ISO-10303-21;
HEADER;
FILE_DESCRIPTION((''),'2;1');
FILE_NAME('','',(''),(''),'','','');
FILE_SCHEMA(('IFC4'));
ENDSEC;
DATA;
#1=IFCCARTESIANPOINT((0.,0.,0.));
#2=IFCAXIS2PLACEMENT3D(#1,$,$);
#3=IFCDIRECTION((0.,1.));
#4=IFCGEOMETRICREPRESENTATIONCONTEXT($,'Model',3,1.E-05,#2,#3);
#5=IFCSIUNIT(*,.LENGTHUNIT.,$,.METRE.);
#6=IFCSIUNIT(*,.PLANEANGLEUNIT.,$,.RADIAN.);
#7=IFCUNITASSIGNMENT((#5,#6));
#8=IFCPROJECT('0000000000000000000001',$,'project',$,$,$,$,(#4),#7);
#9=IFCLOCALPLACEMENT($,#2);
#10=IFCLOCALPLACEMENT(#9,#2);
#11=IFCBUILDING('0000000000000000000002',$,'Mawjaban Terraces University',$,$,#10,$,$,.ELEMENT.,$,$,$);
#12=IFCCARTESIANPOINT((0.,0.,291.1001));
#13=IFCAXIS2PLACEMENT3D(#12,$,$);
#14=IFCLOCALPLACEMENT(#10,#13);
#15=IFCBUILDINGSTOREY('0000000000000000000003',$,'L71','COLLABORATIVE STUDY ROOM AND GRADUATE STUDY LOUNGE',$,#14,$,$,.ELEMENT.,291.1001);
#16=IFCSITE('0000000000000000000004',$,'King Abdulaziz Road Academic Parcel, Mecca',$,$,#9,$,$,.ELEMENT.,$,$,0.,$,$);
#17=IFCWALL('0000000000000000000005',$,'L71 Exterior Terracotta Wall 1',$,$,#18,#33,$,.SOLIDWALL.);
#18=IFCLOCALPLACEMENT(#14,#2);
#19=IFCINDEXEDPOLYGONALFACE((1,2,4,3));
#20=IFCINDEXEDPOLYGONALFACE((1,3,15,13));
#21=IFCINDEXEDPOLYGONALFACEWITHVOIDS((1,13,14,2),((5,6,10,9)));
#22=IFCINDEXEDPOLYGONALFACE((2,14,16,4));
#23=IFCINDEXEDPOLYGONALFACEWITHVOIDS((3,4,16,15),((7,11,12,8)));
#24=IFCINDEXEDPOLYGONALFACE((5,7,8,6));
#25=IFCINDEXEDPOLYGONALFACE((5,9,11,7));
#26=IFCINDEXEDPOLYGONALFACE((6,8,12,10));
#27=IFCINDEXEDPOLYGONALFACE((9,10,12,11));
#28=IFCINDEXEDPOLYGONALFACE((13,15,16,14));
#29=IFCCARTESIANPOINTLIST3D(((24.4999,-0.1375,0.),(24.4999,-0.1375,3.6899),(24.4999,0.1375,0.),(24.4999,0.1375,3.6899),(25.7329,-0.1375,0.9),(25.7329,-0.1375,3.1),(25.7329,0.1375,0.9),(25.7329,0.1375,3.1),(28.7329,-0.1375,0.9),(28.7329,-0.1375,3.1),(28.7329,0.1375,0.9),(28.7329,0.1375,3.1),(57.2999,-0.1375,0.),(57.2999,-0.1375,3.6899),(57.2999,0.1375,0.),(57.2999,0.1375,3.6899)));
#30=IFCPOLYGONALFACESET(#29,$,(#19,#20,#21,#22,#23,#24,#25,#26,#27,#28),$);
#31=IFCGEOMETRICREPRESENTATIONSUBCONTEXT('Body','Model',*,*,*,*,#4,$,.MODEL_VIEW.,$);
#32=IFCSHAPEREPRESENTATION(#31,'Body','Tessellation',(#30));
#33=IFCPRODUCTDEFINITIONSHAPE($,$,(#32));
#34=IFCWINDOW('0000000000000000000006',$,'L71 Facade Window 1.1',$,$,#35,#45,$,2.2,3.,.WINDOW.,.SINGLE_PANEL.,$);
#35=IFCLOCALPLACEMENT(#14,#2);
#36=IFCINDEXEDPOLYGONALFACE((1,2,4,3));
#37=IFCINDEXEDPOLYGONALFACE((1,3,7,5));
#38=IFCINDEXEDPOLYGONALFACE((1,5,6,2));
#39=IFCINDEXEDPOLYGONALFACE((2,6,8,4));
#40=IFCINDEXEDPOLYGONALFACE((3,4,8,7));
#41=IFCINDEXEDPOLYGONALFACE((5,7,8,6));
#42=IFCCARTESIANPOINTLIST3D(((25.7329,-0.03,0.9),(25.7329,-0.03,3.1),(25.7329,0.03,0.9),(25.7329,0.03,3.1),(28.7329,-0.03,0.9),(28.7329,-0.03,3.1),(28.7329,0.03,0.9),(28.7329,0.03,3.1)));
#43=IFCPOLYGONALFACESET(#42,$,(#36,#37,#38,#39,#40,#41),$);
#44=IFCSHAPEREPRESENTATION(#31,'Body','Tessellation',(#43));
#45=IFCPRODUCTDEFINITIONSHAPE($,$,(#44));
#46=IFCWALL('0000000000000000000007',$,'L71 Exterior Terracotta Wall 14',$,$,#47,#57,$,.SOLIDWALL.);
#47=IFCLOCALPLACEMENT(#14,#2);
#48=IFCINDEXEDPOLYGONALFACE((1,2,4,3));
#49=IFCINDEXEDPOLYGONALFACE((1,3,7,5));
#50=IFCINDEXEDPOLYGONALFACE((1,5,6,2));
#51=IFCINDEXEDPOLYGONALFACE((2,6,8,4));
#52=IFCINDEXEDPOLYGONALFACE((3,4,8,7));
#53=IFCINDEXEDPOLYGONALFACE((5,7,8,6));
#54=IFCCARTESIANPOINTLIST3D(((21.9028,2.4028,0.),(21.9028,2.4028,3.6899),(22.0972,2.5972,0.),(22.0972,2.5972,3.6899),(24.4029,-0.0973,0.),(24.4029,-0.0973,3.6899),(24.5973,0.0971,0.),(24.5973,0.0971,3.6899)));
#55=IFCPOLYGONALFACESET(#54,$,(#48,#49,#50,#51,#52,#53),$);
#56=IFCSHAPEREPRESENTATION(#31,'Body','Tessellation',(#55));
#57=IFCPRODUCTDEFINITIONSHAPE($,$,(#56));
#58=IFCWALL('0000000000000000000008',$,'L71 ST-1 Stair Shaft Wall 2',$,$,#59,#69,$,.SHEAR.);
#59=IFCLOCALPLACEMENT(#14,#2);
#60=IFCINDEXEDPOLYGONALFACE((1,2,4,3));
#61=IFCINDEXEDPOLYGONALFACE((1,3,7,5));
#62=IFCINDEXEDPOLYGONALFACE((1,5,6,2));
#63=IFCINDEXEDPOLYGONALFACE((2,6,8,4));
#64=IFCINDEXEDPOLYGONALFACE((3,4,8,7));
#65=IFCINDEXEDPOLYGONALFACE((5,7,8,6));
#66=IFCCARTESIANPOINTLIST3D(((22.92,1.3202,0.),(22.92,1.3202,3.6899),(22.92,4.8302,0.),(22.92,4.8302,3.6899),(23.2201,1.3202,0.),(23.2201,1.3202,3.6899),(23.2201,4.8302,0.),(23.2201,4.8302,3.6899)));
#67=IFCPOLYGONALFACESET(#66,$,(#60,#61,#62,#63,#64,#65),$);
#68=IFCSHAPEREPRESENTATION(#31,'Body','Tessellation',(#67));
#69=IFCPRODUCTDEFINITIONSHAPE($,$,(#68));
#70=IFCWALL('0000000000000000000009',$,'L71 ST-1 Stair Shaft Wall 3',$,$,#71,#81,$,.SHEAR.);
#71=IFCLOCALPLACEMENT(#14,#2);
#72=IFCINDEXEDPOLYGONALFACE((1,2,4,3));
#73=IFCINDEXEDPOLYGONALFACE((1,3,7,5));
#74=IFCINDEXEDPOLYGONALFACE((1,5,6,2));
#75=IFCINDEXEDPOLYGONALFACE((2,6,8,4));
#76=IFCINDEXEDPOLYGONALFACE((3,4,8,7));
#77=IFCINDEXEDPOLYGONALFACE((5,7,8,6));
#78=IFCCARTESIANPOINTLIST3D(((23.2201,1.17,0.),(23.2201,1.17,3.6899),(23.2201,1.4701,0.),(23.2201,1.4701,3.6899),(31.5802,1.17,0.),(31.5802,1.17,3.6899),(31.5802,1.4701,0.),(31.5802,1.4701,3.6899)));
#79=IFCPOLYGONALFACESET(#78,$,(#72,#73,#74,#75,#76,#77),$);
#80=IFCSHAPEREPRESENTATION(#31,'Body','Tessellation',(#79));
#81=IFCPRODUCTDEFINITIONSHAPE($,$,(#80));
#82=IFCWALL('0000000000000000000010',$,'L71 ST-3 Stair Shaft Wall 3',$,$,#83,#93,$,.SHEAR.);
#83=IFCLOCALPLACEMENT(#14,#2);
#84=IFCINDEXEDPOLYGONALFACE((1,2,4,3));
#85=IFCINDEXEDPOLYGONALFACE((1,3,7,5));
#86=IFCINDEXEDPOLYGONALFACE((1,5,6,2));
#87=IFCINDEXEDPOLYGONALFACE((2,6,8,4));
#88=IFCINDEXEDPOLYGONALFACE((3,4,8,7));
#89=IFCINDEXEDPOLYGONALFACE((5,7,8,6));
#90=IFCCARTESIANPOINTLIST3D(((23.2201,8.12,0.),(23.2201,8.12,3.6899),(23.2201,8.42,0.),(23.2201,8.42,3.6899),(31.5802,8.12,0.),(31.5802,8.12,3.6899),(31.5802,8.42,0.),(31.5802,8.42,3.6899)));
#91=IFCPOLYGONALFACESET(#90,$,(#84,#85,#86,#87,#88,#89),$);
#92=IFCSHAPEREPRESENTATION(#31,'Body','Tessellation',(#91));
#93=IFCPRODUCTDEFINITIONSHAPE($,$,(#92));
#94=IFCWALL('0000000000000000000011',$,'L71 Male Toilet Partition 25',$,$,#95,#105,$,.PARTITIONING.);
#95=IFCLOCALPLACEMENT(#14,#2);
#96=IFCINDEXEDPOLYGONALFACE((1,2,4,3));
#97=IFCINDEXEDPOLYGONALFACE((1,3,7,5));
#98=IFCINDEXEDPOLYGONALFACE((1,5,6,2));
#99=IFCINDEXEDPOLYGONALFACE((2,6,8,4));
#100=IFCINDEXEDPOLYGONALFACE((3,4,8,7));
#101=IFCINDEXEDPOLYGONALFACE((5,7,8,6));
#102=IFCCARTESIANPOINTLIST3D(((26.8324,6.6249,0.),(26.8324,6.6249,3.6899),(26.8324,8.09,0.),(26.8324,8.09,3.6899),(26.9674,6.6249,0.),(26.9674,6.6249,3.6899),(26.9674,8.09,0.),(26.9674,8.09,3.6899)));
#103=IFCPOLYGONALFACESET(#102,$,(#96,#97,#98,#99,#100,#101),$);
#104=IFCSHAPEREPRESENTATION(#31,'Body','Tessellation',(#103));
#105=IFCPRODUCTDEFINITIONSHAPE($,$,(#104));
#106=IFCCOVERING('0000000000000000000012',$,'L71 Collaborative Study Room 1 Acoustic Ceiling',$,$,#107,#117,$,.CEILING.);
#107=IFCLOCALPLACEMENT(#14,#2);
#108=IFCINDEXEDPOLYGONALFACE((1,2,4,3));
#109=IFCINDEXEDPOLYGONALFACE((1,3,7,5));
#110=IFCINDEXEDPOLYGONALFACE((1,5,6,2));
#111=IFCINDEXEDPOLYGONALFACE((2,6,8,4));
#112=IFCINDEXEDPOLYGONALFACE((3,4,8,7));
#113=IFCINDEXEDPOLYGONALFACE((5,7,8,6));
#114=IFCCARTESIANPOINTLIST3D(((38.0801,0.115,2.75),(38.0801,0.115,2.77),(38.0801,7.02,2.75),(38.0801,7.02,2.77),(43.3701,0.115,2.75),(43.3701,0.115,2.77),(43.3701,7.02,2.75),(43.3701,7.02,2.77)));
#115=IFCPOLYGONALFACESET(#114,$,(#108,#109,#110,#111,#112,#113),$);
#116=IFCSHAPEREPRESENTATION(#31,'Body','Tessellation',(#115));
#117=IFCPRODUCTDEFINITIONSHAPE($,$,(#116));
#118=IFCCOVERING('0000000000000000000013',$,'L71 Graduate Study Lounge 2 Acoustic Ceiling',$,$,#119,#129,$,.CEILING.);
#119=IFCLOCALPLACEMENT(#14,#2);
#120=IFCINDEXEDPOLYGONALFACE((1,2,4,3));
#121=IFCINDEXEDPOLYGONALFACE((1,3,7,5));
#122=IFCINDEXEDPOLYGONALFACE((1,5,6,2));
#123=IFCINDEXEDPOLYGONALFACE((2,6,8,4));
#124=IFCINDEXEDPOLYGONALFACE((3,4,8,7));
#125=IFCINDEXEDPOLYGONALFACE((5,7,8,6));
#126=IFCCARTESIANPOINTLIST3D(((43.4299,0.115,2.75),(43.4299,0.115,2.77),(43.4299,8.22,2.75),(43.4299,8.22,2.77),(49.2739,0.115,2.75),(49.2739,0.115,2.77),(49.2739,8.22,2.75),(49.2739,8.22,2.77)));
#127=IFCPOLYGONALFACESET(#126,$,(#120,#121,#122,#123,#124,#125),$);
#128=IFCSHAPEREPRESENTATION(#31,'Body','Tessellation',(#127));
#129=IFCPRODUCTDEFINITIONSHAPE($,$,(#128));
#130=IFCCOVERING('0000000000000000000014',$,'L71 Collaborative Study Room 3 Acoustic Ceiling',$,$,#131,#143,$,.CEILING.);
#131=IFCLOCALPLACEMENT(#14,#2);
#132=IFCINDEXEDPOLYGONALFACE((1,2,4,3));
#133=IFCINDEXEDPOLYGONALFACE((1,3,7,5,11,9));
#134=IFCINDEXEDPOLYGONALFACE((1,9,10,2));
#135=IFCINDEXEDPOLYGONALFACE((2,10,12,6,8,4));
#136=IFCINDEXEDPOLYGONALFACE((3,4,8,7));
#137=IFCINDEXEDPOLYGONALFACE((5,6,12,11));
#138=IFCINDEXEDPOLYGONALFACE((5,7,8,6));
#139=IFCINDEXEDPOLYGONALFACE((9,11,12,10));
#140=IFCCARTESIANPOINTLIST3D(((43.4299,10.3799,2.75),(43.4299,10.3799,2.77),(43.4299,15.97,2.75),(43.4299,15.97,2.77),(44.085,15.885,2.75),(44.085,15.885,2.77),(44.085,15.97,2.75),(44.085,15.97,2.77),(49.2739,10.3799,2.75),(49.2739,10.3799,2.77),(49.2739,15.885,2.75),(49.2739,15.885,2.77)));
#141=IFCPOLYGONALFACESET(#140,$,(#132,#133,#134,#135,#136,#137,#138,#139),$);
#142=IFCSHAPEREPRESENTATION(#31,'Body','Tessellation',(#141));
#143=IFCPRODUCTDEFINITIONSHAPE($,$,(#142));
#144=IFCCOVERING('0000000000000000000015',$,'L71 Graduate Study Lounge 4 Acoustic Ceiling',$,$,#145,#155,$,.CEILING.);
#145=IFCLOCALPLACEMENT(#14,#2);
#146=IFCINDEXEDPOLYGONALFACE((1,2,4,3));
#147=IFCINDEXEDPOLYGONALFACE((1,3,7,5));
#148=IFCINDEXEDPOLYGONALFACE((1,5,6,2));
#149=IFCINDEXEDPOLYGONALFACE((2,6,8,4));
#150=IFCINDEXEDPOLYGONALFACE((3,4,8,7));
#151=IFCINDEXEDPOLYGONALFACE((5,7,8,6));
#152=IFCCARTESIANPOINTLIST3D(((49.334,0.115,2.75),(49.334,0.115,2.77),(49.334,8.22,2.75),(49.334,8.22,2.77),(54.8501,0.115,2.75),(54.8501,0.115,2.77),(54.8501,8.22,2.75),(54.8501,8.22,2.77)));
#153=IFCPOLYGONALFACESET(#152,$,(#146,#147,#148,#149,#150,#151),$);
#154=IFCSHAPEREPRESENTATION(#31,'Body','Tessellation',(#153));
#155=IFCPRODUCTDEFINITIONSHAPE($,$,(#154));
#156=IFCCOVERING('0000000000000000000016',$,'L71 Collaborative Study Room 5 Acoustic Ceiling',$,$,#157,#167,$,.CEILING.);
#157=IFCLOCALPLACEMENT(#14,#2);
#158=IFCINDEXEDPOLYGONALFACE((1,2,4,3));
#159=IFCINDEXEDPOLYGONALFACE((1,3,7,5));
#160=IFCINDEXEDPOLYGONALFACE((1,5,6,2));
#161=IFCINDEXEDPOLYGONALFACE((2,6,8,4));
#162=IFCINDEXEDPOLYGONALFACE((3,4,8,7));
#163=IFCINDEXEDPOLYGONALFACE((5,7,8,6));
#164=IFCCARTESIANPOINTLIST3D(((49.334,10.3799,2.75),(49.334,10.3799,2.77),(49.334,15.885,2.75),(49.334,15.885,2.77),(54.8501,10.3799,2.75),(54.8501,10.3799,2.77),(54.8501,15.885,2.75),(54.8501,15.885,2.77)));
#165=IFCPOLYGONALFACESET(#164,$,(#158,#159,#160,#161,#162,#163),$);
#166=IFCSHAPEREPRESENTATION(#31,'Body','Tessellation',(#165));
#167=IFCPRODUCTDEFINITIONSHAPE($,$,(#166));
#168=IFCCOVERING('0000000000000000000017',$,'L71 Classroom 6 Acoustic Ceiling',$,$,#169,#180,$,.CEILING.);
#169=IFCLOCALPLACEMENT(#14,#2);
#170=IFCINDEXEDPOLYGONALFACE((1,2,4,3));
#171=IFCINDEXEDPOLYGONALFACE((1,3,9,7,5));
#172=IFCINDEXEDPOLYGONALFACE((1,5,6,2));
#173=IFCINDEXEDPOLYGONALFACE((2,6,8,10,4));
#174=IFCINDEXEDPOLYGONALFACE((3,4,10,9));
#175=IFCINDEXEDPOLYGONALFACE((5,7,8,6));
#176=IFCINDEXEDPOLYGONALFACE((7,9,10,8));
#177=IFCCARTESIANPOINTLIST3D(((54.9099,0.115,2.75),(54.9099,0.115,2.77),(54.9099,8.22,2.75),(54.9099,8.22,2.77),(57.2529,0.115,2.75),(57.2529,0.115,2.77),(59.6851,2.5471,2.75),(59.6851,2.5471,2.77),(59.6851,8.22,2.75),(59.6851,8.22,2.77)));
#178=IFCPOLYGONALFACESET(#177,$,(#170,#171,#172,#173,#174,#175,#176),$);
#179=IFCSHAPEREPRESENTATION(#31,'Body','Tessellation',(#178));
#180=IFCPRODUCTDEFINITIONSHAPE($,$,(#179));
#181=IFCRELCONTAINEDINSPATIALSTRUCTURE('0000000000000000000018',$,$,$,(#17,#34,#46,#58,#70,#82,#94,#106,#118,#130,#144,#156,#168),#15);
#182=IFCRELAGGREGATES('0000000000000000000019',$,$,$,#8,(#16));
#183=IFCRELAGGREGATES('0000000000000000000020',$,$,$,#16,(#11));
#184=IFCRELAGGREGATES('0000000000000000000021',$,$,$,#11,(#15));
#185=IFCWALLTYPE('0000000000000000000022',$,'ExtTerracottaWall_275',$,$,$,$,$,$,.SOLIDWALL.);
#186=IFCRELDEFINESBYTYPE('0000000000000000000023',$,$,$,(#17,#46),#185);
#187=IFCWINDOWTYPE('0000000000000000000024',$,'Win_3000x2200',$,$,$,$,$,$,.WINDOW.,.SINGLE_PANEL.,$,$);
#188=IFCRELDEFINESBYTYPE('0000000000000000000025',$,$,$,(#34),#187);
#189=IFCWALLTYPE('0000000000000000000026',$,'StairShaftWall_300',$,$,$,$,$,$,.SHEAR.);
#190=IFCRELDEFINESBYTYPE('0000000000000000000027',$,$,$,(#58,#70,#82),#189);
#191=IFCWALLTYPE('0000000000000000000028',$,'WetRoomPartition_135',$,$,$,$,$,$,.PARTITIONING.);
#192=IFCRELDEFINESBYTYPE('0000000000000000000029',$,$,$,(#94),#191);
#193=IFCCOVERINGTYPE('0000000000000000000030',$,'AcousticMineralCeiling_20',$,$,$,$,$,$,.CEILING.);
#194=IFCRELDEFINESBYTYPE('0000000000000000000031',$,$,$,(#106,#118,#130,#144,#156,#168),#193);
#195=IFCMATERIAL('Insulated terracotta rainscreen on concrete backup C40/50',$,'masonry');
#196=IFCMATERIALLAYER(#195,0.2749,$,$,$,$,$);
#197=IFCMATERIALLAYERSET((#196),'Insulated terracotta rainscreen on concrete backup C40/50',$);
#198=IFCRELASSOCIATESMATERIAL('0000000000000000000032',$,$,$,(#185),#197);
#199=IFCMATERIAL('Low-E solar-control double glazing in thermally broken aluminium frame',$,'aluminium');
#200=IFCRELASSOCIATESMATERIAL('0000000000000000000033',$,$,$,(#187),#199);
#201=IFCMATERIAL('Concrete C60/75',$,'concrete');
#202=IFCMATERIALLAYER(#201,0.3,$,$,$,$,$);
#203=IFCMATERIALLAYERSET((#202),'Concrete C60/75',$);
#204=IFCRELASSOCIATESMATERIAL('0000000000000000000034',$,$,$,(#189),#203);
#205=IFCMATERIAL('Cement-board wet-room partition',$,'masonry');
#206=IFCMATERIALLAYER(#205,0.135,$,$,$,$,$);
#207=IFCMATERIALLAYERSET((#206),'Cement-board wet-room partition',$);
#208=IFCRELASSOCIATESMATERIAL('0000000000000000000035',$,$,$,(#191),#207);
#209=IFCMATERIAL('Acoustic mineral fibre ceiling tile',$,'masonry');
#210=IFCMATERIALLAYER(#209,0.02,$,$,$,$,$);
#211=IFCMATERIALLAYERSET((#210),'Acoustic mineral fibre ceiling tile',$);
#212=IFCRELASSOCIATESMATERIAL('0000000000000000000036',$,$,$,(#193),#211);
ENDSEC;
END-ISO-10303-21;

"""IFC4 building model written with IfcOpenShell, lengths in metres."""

from ifc_helpers import new_model, si_unit, direction, frame, frame_2d, origin, place, context, subcontext, project, spatial, polyline, rectangle, outline, extrude, material, layer, layer_set, type_object, element, fill, save


model = new_model("IFC4")

# Units and contexts
model_context = context("Model", 3, precision=1e-05, world=origin(), true_north=direction((0.0, 1.0)))
body_context = subcontext(model_context, "Body", "Model", "MODEL_VIEW")
ifc_project = project(units=[si_unit("LENGTHUNIT", "METRE"), si_unit("PLANEANGLEUNIT", "RADIAN")], contexts=[model_context])

# Site, building, storey
site_placement = place(None, origin())
site = spatial("IfcSite", under=ifc_project, at=site_placement, Name="King Abdulaziz Road Academic Parcel, Mecca", CompositionType="ELEMENT", RefElevation=0.0)
building_placement = place(site_placement, origin())
building = spatial("IfcBuilding", under=site, at=building_placement, Name="Mawjaban Terraces University", CompositionType="ELEMENT")
storey_placement = place(building_placement, frame((0.0, 0.0, 291.1001)))
storey = spatial("IfcBuildingStorey", under=building, at=storey_placement, Name="L71", Description="COLLABORATIVE STUDY ROOM AND GRADUATE STUDY LOUNGE", CompositionType="ELEMENT", Elevation=291.1001)

# Wall, opening, window
ifc_material_1 = material(Name="Insulated terracotta rainscreen on concrete backup C40/50", Category="masonry")
ifc_layer_1 = layer(ifc_material_1, 0.2749)
ifc_layer_set_1 = layer_set([ifc_layer_1], Name="Insulated terracotta rainscreen on concrete backup C40/50")
wall_type_1 = type_object("IfcWallType", Name="ExtTerracottaWall_275", PredefinedType="SOLIDWALL", material=ifc_layer_set_1)
wall_1_placement = place(storey_placement, frame((24.5, 0.0, 0.0), z_axis=(0.0, 0.0, 1.0), x_axis=(1.0, 0.0, 0.0)))
wall_1 = element("IfcWall", 1, at=wall_1_placement, inside=storey, type_object=wall_type_1, Name="L71 Exterior Terracotta Wall 1", PredefinedType="SOLIDWALL", context=body_context, shape_type="SweptSolid", body=[
    extrude(rectangle(XDim=32.8, YDim=0.2749, at=frame_2d((16.3999, 0.0))), origin(), (0.0, 0.0, 1.0), 3.6899),
])
opening_1_placement = place(wall_1_placement, frame((1.2329, 0.0, 0.8999)))
opening_1 = element("IfcOpeningElement", 2, at=opening_1_placement, cuts=wall_1, PredefinedType="OPENING", context=body_context, shape_type="SweptSolid", body=[
    extrude(rectangle(XDim=3.0, YDim=2.2, at=frame_2d((1.5, 1.1001))), frame((0.0, 0.1475, 0.0), z_axis=(0.0, -1.0, 0.0), x_axis=(1.0, 0.0, 0.0)), (0.0, 0.0, 1.0), 0.2949),
])
ifc_material_2 = material(Name="Low-E solar-control double glazing in thermally broken aluminium frame", Category="aluminium")
window_type = type_object("IfcWindowType", Name="Win_3000x2200", PartitioningType="SINGLE_PANEL", PredefinedType="WINDOW", material=ifc_material_2)
window_placement = place(opening_1_placement, origin())
window = element("IfcWindow", 3, at=window_placement, inside=storey, type_object=window_type, Name="L71 Facade Window 1.1", OverallHeight=2.2, OverallWidth=3.0, PartitioningType="SINGLE_PANEL", PredefinedType="WINDOW", context=body_context, shape_type="SweptSolid", body=[
    extrude(rectangle(XDim=3.0, YDim=2.2, at=frame_2d((1.5, 1.1001))), frame((0.0, 0.03, 0.0), z_axis=(0.0, -1.0, 0.0), x_axis=(1.0, 0.0, 0.0)), (0.0, 0.0, 1.0), 0.0601),
])
fill(opening_1, window)

# Walls
wall_2_placement = place(storey_placement, frame((22.0, 2.5, 0.0), z_axis=(0.0, 0.0, 1.0), x_axis=(0.707107, -0.707107, 0.0)))
element("IfcWall", 4, at=wall_2_placement, inside=storey, type_object=wall_type_1, Name="L71 Exterior Terracotta Wall 14", PredefinedType="SOLIDWALL", context=body_context, shape_type="SweptSolid", body=[
    extrude(rectangle(XDim=3.5356, YDim=0.2749, at=frame_2d((1.7678, 0.0))), origin(), (0.0, 0.0, 1.0), 3.6899),
])
ifc_material_3 = material(Name="Concrete C60/75", Category="concrete")
ifc_layer_2 = layer(ifc_material_3, 0.3)
ifc_layer_set_2 = layer_set([ifc_layer_2], Name="Concrete C60/75")
wall_type_2 = type_object("IfcWallType", Name="StairShaftWall_300", PredefinedType="SHEAR", material=ifc_layer_set_2)
wall_3_placement = place(storey_placement, frame((23.0701, 4.8301, 0.0), z_axis=(0.0, 0.0, 1.0), x_axis=(0.0, -1.0, 0.0)))
element("IfcWall", 5, at=wall_3_placement, inside=storey, type_object=wall_type_2, Name="L71 ST-1 Stair Shaft Wall 2", PredefinedType="SHEAR", context=body_context, shape_type="SweptSolid", body=[
    extrude(rectangle(XDim=3.51, YDim=0.3, at=frame_2d((1.7549, 0.0))), origin(), (0.0, 0.0, 1.0), 3.6899),
])
for number, where, z_axis, x_axis, name in (
    (6, (23.22, 1.3201, 0.0), (0.0, 0.0, 1.0), (1.0, 0.0, 0.0), "L71 ST-1 Stair Shaft Wall 3"),
    (7, (23.22, 8.27, 0.0), (0.0, 0.0, 1.0), (1.0, 0.0, 0.0), "L71 ST-3 Stair Shaft Wall 3"),
):
    element("IfcWall", number, at=place(storey_placement, frame(where, z_axis=z_axis, x_axis=x_axis)), inside=storey, type_object=wall_type_2, Name=name, PredefinedType="SHEAR", context=body_context, shape_type="SweptSolid", body=[
        extrude(rectangle(XDim=8.3601, YDim=0.3, at=frame_2d((4.1802, 0.0))), origin(), (0.0, 0.0, 1.0), 3.6899),
    ])
ifc_material_4 = material(Name="Cement-board wet-room partition", Category="masonry")
ifc_layer_3 = layer(ifc_material_4, 0.135)
ifc_layer_set_3 = layer_set([ifc_layer_3], Name="Cement-board wet-room partition")
wall_type_3 = type_object("IfcWallType", Name="WetRoomPartition_135", PredefinedType="PARTITIONING", material=ifc_layer_set_3)
wall_4_placement = place(storey_placement, frame((26.8999, 6.625, 0.0), z_axis=(0.0, 0.0, 1.0), x_axis=(0.0, 1.0, 0.0)))
element("IfcWall", 8, at=wall_4_placement, inside=storey, type_object=wall_type_3, Name="L71 Male Toilet Partition 25", PredefinedType="PARTITIONING", context=body_context, shape_type="SweptSolid", body=[
    extrude(rectangle(XDim=1.4651, YDim=0.135, at=frame_2d((0.7324, 0.0))), origin(), (0.0, 0.0, 1.0), 3.6899),
])

# Coverings
ifc_material_5 = material(Name="Acoustic mineral fibre ceiling tile", Category="masonry")
ifc_layer_4 = layer(ifc_material_5, 0.02)
ifc_layer_set_4 = layer_set([ifc_layer_4], Name="Acoustic mineral fibre ceiling tile")
covering_type_1 = type_object("IfcCoveringType", Name="AcousticMineralCeiling_20", PredefinedType="CEILING", material=ifc_layer_set_4)
covering_1_placement = place(storey_placement, frame((0.0, 0.0, 2.75)))
element("IfcCovering", 9, at=covering_1_placement, inside=storey, type_object=covering_type_1, Name="L71 Collaborative Study Room 1 Acoustic Ceiling", PredefinedType="CEILING", context=body_context, shape_type="SweptSolid", body=[
    extrude(outline(polyline([(38.0801, 7.02), (38.0801, 0.115), (43.3701, 0.115), (43.3701, 7.02), (38.0801, 7.02)])), origin(), (0.0, 0.0, 1.0), 0.02),
])
covering_2_placement = place(storey_placement, frame((0.0, 0.0, 2.75)))
element("IfcCovering", 10, at=covering_2_placement, inside=storey, type_object=covering_type_1, Name="L71 Graduate Study Lounge 2 Acoustic Ceiling", PredefinedType="CEILING", context=body_context, shape_type="SweptSolid", body=[
    extrude(outline(polyline([(43.4299, 0.115), (49.2739, 0.115), (49.2739, 8.22), (43.4299, 8.22), (43.4299, 0.115)])), origin(), (0.0, 0.0, 1.0), 0.02),
])
covering_3_placement = place(storey_placement, frame((0.0, 0.0, 2.75)))
element("IfcCovering", 11, at=covering_3_placement, inside=storey, type_object=covering_type_1, Name="L71 Collaborative Study Room 3 Acoustic Ceiling", PredefinedType="CEILING", context=body_context, shape_type="SweptSolid", body=[
    extrude(outline(polyline([(49.2739, 15.885), (44.085, 15.885), (44.085, 15.97), (43.4299, 15.97), (43.4299, 10.3799), (49.2739, 10.3799), (49.2739, 15.885)])), origin(), (0.0, 0.0, 1.0), 0.02),
])
covering_4_placement = place(storey_placement, frame((0.0, 0.0, 2.75)))
element("IfcCovering", 12, at=covering_4_placement, inside=storey, type_object=covering_type_1, Name="L71 Graduate Study Lounge 4 Acoustic Ceiling", PredefinedType="CEILING", context=body_context, shape_type="SweptSolid", body=[
    extrude(outline(polyline([(49.334, 0.115), (54.8501, 0.115), (54.8501, 8.22), (49.334, 8.22), (49.334, 0.115)])), origin(), (0.0, 0.0, 1.0), 0.02),
])
covering_5_placement = place(storey_placement, frame((0.0, 0.0, 2.75)))
element("IfcCovering", 13, at=covering_5_placement, inside=storey, type_object=covering_type_1, Name="L71 Collaborative Study Room 5 Acoustic Ceiling", PredefinedType="CEILING", context=body_context, shape_type="SweptSolid", body=[
    extrude(outline(polyline([(54.8501, 15.885), (49.334, 15.885), (49.334, 10.3799), (54.8501, 10.3799), (54.8501, 15.885)])), origin(), (0.0, 0.0, 1.0), 0.02),
])
covering_6_placement = place(storey_placement, frame((0.0, 0.0, 2.75)))
element("IfcCovering", 14, at=covering_6_placement, inside=storey, type_object=covering_type_1, Name="L71 Classroom 6 Acoustic Ceiling", PredefinedType="CEILING", context=body_context, shape_type="SweptSolid", body=[
    extrude(outline(polyline([(54.9099, 0.115), (57.2529, 0.115), (59.6851, 2.5471), (59.6851, 8.22), (54.9099, 8.22), (54.9099, 0.115)])), origin(), (0.0, 0.0, 1.0), 0.02),
])

save(model, "model.ifc")
